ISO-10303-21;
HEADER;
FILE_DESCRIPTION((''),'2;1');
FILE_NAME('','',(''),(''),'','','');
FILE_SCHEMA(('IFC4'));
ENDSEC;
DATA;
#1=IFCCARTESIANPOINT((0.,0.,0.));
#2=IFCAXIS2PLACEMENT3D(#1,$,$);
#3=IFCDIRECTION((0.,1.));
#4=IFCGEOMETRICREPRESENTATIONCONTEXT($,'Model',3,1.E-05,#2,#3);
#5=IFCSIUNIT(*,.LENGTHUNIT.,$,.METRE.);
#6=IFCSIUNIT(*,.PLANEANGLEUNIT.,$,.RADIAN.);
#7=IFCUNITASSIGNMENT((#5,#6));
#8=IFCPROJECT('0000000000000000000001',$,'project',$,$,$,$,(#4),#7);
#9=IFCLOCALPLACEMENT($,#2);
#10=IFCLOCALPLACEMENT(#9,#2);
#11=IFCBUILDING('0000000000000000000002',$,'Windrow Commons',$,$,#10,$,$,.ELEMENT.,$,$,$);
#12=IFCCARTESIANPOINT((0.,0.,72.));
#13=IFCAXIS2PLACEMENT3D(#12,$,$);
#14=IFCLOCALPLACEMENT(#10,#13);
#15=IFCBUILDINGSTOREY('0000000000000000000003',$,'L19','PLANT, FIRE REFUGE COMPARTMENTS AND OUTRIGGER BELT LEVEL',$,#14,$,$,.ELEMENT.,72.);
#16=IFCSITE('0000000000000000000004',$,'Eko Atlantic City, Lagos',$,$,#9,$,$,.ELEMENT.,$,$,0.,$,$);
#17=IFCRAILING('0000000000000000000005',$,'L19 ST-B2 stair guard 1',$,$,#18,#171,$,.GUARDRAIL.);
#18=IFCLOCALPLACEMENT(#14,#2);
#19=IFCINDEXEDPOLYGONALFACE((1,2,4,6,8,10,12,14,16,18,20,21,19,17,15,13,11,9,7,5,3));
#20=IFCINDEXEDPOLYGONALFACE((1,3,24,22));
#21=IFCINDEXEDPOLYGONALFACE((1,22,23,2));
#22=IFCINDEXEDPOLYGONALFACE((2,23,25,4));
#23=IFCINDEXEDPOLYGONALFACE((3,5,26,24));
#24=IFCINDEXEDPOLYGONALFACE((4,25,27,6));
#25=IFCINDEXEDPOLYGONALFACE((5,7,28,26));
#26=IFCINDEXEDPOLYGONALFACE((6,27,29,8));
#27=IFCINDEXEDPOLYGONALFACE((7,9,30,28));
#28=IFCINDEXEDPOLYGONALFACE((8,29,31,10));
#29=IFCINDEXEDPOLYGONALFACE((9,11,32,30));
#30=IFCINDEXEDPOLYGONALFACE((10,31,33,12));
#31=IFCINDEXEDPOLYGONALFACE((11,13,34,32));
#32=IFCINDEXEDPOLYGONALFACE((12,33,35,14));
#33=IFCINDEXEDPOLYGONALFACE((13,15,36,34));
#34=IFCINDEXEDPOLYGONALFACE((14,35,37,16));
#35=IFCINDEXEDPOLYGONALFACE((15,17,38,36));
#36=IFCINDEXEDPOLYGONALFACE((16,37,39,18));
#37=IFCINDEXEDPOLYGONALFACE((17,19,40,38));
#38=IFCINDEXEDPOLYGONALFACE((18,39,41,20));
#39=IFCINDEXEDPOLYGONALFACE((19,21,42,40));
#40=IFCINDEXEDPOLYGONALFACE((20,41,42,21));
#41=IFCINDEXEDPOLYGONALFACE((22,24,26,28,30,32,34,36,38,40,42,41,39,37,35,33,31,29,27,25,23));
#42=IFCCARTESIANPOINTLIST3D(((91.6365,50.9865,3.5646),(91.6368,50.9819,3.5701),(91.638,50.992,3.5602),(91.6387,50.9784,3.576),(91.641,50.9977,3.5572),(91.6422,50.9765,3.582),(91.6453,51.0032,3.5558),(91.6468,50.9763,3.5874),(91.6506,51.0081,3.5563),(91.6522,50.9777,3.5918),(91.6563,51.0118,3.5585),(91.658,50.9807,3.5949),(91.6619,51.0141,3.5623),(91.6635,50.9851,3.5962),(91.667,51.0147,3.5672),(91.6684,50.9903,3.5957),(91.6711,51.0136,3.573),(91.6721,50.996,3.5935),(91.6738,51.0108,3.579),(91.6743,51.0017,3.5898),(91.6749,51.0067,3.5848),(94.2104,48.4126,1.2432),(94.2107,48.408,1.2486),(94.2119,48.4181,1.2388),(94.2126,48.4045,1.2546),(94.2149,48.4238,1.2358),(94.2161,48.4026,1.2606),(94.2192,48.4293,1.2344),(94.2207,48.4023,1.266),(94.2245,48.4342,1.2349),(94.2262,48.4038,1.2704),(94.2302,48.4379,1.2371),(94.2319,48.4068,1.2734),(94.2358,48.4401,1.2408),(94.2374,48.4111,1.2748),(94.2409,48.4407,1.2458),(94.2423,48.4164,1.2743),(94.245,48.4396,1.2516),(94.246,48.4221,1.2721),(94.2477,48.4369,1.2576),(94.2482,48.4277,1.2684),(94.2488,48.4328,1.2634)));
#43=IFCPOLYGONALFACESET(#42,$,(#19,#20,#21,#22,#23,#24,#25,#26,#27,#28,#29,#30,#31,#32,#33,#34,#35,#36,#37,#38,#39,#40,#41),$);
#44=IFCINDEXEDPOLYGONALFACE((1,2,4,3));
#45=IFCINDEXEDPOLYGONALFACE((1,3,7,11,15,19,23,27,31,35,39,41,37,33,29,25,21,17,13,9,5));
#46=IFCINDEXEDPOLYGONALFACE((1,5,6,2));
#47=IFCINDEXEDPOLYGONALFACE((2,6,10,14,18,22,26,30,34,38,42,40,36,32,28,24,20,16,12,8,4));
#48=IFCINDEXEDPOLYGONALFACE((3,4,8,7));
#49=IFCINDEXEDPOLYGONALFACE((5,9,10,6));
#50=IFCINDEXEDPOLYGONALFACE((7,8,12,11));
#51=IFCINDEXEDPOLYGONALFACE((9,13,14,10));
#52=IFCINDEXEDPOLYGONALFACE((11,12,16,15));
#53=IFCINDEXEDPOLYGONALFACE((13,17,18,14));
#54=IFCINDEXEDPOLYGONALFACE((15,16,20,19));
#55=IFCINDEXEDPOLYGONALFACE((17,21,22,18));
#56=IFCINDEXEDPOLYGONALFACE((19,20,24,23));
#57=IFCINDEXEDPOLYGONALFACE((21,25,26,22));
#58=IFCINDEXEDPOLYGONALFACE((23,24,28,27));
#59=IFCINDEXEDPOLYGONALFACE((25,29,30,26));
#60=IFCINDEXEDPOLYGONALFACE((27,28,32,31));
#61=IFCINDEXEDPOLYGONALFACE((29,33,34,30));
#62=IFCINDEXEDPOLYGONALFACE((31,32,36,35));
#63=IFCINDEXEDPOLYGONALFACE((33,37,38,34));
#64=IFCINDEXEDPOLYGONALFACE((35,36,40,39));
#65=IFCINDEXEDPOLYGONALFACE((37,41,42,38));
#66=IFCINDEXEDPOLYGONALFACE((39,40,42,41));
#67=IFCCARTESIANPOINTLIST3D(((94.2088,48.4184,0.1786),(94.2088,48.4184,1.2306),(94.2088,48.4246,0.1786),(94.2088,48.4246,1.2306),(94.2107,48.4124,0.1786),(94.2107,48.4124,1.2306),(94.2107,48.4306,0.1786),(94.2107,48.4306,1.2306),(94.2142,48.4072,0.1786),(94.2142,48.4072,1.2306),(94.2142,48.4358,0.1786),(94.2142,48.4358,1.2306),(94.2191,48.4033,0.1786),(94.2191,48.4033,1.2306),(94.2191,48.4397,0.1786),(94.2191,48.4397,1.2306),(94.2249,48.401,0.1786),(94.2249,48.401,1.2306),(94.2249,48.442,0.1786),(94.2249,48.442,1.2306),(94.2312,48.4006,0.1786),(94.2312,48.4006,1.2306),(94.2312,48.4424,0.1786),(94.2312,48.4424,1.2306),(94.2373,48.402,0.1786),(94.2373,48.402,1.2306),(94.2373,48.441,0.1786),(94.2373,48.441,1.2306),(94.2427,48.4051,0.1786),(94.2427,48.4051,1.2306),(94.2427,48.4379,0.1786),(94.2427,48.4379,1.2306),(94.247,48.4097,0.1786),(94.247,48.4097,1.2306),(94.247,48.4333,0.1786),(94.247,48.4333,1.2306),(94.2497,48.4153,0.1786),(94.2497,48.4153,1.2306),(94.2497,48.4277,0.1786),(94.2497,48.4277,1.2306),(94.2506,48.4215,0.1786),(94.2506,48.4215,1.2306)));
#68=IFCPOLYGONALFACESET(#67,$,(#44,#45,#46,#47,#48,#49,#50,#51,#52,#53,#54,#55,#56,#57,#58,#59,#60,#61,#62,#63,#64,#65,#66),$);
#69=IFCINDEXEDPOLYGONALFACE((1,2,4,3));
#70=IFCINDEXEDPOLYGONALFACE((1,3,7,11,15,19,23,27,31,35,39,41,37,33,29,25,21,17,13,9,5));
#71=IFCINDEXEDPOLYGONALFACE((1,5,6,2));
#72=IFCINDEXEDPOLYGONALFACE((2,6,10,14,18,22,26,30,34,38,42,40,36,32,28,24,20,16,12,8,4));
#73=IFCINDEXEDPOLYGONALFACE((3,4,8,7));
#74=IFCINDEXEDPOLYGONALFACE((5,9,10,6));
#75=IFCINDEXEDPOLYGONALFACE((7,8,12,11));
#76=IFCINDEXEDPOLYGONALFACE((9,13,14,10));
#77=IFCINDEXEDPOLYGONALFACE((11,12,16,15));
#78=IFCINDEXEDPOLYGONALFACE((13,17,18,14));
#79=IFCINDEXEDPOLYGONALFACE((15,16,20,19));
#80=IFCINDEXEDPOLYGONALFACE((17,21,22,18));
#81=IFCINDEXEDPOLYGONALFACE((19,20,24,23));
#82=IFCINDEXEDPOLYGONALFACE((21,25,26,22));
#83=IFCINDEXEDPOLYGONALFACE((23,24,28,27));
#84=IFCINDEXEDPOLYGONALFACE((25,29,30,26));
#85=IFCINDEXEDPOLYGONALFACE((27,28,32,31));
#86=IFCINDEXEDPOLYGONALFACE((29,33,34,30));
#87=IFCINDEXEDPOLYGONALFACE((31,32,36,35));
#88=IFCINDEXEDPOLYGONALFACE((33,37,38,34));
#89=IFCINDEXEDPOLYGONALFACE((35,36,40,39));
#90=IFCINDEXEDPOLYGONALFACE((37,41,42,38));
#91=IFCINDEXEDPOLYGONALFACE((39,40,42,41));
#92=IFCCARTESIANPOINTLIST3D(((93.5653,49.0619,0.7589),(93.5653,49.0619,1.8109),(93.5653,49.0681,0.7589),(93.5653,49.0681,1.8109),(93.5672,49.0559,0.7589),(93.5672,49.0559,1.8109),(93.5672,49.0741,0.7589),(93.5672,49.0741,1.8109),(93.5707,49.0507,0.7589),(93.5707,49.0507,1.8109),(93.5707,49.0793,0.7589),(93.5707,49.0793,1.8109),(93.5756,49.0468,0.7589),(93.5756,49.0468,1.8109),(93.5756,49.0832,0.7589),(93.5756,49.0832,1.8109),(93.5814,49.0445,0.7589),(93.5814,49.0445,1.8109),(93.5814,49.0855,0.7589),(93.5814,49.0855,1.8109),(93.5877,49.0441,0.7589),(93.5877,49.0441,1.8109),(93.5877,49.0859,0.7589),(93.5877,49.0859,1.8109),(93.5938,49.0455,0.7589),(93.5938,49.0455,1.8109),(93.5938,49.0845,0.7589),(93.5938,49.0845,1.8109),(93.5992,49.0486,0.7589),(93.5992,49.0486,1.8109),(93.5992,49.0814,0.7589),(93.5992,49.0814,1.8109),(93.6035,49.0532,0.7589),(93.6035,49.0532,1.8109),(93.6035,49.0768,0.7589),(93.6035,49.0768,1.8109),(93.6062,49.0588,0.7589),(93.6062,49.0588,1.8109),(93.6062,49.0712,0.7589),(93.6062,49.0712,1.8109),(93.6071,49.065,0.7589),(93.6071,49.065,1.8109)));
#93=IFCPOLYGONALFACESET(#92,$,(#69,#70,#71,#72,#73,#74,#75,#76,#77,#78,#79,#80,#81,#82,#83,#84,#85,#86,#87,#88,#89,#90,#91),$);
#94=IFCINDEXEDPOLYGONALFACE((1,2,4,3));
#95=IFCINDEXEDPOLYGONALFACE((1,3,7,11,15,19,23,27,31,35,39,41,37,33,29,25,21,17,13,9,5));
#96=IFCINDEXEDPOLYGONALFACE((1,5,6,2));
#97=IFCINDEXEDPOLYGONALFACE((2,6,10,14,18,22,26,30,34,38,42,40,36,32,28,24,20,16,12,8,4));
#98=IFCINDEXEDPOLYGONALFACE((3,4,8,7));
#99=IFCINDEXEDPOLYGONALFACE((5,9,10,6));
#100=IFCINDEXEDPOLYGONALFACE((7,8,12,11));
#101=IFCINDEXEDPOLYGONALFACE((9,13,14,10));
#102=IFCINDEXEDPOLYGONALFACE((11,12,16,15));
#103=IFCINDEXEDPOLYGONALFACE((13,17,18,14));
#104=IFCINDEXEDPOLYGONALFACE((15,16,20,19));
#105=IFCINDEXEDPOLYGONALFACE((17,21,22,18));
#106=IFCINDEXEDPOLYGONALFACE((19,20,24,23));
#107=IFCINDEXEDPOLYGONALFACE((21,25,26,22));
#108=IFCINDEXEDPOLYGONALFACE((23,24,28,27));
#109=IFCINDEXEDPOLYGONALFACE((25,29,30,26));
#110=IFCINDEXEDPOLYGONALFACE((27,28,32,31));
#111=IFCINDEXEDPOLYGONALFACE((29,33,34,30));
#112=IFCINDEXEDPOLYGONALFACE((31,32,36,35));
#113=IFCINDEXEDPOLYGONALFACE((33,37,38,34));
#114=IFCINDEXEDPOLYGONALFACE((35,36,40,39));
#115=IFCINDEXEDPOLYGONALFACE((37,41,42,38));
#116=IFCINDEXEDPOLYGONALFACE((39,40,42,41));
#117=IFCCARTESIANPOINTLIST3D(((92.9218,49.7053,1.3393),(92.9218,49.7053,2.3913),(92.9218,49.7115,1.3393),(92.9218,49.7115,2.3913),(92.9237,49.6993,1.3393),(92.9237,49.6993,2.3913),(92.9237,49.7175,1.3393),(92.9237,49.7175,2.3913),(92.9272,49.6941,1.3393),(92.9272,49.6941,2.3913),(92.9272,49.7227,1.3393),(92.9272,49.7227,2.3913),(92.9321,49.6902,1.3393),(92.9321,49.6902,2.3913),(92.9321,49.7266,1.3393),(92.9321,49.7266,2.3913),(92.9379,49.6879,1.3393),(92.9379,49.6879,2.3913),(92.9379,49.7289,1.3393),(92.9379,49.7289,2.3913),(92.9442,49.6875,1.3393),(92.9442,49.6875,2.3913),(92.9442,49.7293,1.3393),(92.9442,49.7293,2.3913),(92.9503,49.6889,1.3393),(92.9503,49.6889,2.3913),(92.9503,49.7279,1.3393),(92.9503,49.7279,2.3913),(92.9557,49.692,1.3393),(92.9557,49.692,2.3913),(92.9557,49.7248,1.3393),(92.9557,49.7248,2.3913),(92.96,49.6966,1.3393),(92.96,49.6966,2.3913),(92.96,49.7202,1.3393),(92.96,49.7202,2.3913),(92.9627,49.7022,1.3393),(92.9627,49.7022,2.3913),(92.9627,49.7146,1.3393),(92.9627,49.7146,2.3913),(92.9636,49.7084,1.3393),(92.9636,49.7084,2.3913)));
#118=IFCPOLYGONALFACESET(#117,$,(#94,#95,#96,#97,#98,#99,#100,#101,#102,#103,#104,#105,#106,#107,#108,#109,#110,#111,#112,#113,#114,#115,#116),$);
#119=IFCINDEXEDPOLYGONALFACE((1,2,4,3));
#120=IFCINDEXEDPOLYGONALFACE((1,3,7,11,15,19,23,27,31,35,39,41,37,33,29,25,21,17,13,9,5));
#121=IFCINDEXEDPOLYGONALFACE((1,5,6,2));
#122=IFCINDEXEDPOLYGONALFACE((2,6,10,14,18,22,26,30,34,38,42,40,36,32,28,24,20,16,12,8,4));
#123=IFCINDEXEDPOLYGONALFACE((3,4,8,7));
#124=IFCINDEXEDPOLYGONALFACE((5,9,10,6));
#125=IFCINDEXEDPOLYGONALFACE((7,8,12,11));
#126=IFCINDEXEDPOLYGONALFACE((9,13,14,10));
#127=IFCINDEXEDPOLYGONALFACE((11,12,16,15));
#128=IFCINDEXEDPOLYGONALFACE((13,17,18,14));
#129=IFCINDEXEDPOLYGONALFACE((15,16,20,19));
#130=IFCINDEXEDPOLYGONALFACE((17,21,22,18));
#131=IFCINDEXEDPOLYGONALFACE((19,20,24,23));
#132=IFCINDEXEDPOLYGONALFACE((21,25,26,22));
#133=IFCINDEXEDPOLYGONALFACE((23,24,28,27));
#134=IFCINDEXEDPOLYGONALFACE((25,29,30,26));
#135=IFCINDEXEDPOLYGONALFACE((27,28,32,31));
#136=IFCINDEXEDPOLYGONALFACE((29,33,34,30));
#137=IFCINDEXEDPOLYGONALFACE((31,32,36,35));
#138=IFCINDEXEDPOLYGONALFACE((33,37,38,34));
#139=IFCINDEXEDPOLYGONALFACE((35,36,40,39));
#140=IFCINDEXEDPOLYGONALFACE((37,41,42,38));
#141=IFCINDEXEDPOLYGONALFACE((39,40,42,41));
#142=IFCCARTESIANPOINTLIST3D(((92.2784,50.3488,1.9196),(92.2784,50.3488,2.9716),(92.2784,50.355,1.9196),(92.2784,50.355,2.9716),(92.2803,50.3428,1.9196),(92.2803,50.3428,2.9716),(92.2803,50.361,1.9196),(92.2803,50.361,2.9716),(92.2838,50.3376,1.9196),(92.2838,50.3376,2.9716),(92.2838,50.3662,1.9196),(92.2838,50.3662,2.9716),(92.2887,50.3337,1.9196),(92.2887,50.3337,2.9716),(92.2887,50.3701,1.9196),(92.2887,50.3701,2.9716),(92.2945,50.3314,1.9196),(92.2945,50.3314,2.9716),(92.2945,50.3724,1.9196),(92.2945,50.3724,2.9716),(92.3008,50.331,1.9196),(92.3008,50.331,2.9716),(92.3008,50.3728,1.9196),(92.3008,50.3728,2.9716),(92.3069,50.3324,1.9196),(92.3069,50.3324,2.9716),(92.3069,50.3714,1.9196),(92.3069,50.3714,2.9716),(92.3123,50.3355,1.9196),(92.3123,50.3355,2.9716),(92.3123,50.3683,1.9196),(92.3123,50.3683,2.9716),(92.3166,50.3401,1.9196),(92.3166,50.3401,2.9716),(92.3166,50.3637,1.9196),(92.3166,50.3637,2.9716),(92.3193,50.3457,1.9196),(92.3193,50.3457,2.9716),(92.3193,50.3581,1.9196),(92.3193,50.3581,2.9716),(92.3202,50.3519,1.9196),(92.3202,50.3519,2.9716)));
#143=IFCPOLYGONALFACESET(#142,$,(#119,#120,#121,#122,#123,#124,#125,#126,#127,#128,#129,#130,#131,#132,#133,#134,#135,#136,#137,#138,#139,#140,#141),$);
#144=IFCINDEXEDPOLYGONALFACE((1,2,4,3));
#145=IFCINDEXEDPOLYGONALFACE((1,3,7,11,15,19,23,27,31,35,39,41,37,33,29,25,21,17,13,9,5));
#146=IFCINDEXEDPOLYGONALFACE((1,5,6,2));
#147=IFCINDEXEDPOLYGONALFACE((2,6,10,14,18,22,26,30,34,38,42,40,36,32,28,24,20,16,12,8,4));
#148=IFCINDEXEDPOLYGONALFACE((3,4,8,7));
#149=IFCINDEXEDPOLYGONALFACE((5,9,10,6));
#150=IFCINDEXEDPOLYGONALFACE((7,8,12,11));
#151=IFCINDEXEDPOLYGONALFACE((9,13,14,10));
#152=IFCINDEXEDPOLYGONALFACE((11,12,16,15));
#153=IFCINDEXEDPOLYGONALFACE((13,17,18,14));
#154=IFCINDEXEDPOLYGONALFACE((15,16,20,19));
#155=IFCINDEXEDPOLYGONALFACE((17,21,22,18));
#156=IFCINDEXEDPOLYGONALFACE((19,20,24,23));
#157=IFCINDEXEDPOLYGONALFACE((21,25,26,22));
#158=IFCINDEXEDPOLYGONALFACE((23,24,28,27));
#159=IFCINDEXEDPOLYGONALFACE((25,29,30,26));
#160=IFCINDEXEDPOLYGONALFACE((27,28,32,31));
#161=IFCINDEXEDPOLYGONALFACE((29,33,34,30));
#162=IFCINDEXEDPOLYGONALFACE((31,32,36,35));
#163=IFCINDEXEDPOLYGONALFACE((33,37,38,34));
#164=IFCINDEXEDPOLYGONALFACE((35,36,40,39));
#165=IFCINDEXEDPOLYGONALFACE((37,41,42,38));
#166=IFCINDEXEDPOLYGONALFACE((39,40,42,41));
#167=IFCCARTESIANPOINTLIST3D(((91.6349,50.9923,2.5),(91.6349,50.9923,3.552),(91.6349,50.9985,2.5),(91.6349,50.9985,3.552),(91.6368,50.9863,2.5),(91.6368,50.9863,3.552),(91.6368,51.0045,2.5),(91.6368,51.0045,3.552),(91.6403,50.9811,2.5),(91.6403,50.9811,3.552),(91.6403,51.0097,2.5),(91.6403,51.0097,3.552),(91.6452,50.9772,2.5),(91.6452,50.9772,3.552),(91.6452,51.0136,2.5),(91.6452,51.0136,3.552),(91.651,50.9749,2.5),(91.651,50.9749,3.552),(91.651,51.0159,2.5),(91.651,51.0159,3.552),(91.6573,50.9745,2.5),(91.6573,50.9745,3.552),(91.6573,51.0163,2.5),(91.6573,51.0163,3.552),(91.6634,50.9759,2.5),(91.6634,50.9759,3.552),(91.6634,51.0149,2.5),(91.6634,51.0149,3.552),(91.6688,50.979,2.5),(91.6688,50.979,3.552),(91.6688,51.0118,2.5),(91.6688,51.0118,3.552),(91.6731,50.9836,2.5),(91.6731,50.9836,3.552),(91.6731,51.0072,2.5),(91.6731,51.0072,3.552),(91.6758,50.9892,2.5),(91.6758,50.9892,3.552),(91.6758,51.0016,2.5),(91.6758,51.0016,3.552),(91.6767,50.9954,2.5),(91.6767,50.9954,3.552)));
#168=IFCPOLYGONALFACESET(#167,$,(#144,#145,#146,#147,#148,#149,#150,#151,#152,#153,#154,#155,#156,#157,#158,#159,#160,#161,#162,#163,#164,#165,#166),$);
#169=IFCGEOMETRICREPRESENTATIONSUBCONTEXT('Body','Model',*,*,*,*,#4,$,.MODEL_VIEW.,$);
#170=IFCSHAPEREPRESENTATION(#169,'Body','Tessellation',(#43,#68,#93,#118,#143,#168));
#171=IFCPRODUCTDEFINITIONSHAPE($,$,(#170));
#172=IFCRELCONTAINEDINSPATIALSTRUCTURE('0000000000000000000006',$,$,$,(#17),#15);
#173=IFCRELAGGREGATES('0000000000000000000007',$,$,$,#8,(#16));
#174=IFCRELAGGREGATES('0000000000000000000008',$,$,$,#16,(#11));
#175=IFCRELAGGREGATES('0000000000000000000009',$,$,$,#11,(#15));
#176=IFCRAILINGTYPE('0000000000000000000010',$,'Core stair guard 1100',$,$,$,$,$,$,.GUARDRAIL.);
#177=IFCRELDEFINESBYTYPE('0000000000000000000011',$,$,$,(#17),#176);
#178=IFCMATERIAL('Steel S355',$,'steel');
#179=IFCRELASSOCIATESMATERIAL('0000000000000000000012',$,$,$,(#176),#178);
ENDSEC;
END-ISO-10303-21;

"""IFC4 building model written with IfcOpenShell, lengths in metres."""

from ifc_helpers import new_model, si_unit, direction, frame, origin, origin_2d, place, context, subcontext, project, spatial, circle, extrude, material, type_object, element, save


model = new_model("IFC4")

# Units and contexts
model_context = context("Model", 3, precision=1e-05, world=origin(), true_north=direction((0.0, 1.0)))
body_context = subcontext(model_context, "Body", "Model", "MODEL_VIEW")
ifc_project = project(units=[si_unit("LENGTHUNIT", "METRE"), si_unit("PLANEANGLEUNIT", "RADIAN")], contexts=[model_context])

# Site, building, storey
site_placement = place(None, origin())
site = spatial("IfcSite", under=ifc_project, at=site_placement, Name="Eko Atlantic City, Lagos", CompositionType="ELEMENT", RefElevation=0.0)
building_placement = place(site_placement, origin())
building = spatial("IfcBuilding", under=site, at=building_placement, Name="Windrow Commons", CompositionType="ELEMENT")
storey_placement = place(building_placement, frame((0.0, 0.0, 72.0)))
storey = spatial("IfcBuildingStorey", under=building, at=storey_placement, Name="L19", Description="PLANT, FIRE REFUGE COMPARTMENTS AND OUTRIGGER BELT LEVEL", CompositionType="ELEMENT", Elevation=72.0)

# Railing
ifc_material_1 = material(Name="Steel S355", Category="steel")
railing_type_1 = type_object("IfcRailingType", Name="Core stair guard 1100", PredefinedType="GUARDRAIL", material=ifc_material_1)
railing_1_placement = place(storey_placement, frame((94.2296, 48.4215, 0.1786)))
element("IfcRailing", 1, at=railing_1_placement, inside=storey, type_object=railing_type_1, Name="L19 ST-B2 stair guard 1", PredefinedType="GUARDRAIL", context=body_context, shape_type="SweptSolid", body=[
    extrude(circle(Radius=0.024, at=origin_2d()), frame((0.0, 0.0, 1.076), z_axis=(-0.596187, 0.596187, 0.537701), x_axis=(-0.707107, -0.707107, 0.0)), (0.0, 0.0, 1.0), 4.3173),
    extrude(circle(Radius=0.021, at=origin_2d()), origin(), (0.0, 0.0, 1.0), 1.052),
    extrude(circle(Radius=0.021, at=origin_2d()), frame((-0.6435, 0.6435, 0.5803)), (0.0, 0.0, 1.0), 1.052),
    extrude(circle(Radius=0.021, at=origin_2d()), frame((-1.287, 1.2869, 1.1607)), (0.0, 0.0, 1.0), 1.052),
    extrude(circle(Radius=0.021, at=origin_2d()), frame((-1.9304, 1.9304, 1.741)), (0.0, 0.0, 1.0), 1.052),
    extrude(circle(Radius=0.021, at=origin_2d()), frame((-2.5739, 2.5739, 2.3214)), (0.0, 0.0, 1.0), 1.052),
])

save(model, "model.ifc")
